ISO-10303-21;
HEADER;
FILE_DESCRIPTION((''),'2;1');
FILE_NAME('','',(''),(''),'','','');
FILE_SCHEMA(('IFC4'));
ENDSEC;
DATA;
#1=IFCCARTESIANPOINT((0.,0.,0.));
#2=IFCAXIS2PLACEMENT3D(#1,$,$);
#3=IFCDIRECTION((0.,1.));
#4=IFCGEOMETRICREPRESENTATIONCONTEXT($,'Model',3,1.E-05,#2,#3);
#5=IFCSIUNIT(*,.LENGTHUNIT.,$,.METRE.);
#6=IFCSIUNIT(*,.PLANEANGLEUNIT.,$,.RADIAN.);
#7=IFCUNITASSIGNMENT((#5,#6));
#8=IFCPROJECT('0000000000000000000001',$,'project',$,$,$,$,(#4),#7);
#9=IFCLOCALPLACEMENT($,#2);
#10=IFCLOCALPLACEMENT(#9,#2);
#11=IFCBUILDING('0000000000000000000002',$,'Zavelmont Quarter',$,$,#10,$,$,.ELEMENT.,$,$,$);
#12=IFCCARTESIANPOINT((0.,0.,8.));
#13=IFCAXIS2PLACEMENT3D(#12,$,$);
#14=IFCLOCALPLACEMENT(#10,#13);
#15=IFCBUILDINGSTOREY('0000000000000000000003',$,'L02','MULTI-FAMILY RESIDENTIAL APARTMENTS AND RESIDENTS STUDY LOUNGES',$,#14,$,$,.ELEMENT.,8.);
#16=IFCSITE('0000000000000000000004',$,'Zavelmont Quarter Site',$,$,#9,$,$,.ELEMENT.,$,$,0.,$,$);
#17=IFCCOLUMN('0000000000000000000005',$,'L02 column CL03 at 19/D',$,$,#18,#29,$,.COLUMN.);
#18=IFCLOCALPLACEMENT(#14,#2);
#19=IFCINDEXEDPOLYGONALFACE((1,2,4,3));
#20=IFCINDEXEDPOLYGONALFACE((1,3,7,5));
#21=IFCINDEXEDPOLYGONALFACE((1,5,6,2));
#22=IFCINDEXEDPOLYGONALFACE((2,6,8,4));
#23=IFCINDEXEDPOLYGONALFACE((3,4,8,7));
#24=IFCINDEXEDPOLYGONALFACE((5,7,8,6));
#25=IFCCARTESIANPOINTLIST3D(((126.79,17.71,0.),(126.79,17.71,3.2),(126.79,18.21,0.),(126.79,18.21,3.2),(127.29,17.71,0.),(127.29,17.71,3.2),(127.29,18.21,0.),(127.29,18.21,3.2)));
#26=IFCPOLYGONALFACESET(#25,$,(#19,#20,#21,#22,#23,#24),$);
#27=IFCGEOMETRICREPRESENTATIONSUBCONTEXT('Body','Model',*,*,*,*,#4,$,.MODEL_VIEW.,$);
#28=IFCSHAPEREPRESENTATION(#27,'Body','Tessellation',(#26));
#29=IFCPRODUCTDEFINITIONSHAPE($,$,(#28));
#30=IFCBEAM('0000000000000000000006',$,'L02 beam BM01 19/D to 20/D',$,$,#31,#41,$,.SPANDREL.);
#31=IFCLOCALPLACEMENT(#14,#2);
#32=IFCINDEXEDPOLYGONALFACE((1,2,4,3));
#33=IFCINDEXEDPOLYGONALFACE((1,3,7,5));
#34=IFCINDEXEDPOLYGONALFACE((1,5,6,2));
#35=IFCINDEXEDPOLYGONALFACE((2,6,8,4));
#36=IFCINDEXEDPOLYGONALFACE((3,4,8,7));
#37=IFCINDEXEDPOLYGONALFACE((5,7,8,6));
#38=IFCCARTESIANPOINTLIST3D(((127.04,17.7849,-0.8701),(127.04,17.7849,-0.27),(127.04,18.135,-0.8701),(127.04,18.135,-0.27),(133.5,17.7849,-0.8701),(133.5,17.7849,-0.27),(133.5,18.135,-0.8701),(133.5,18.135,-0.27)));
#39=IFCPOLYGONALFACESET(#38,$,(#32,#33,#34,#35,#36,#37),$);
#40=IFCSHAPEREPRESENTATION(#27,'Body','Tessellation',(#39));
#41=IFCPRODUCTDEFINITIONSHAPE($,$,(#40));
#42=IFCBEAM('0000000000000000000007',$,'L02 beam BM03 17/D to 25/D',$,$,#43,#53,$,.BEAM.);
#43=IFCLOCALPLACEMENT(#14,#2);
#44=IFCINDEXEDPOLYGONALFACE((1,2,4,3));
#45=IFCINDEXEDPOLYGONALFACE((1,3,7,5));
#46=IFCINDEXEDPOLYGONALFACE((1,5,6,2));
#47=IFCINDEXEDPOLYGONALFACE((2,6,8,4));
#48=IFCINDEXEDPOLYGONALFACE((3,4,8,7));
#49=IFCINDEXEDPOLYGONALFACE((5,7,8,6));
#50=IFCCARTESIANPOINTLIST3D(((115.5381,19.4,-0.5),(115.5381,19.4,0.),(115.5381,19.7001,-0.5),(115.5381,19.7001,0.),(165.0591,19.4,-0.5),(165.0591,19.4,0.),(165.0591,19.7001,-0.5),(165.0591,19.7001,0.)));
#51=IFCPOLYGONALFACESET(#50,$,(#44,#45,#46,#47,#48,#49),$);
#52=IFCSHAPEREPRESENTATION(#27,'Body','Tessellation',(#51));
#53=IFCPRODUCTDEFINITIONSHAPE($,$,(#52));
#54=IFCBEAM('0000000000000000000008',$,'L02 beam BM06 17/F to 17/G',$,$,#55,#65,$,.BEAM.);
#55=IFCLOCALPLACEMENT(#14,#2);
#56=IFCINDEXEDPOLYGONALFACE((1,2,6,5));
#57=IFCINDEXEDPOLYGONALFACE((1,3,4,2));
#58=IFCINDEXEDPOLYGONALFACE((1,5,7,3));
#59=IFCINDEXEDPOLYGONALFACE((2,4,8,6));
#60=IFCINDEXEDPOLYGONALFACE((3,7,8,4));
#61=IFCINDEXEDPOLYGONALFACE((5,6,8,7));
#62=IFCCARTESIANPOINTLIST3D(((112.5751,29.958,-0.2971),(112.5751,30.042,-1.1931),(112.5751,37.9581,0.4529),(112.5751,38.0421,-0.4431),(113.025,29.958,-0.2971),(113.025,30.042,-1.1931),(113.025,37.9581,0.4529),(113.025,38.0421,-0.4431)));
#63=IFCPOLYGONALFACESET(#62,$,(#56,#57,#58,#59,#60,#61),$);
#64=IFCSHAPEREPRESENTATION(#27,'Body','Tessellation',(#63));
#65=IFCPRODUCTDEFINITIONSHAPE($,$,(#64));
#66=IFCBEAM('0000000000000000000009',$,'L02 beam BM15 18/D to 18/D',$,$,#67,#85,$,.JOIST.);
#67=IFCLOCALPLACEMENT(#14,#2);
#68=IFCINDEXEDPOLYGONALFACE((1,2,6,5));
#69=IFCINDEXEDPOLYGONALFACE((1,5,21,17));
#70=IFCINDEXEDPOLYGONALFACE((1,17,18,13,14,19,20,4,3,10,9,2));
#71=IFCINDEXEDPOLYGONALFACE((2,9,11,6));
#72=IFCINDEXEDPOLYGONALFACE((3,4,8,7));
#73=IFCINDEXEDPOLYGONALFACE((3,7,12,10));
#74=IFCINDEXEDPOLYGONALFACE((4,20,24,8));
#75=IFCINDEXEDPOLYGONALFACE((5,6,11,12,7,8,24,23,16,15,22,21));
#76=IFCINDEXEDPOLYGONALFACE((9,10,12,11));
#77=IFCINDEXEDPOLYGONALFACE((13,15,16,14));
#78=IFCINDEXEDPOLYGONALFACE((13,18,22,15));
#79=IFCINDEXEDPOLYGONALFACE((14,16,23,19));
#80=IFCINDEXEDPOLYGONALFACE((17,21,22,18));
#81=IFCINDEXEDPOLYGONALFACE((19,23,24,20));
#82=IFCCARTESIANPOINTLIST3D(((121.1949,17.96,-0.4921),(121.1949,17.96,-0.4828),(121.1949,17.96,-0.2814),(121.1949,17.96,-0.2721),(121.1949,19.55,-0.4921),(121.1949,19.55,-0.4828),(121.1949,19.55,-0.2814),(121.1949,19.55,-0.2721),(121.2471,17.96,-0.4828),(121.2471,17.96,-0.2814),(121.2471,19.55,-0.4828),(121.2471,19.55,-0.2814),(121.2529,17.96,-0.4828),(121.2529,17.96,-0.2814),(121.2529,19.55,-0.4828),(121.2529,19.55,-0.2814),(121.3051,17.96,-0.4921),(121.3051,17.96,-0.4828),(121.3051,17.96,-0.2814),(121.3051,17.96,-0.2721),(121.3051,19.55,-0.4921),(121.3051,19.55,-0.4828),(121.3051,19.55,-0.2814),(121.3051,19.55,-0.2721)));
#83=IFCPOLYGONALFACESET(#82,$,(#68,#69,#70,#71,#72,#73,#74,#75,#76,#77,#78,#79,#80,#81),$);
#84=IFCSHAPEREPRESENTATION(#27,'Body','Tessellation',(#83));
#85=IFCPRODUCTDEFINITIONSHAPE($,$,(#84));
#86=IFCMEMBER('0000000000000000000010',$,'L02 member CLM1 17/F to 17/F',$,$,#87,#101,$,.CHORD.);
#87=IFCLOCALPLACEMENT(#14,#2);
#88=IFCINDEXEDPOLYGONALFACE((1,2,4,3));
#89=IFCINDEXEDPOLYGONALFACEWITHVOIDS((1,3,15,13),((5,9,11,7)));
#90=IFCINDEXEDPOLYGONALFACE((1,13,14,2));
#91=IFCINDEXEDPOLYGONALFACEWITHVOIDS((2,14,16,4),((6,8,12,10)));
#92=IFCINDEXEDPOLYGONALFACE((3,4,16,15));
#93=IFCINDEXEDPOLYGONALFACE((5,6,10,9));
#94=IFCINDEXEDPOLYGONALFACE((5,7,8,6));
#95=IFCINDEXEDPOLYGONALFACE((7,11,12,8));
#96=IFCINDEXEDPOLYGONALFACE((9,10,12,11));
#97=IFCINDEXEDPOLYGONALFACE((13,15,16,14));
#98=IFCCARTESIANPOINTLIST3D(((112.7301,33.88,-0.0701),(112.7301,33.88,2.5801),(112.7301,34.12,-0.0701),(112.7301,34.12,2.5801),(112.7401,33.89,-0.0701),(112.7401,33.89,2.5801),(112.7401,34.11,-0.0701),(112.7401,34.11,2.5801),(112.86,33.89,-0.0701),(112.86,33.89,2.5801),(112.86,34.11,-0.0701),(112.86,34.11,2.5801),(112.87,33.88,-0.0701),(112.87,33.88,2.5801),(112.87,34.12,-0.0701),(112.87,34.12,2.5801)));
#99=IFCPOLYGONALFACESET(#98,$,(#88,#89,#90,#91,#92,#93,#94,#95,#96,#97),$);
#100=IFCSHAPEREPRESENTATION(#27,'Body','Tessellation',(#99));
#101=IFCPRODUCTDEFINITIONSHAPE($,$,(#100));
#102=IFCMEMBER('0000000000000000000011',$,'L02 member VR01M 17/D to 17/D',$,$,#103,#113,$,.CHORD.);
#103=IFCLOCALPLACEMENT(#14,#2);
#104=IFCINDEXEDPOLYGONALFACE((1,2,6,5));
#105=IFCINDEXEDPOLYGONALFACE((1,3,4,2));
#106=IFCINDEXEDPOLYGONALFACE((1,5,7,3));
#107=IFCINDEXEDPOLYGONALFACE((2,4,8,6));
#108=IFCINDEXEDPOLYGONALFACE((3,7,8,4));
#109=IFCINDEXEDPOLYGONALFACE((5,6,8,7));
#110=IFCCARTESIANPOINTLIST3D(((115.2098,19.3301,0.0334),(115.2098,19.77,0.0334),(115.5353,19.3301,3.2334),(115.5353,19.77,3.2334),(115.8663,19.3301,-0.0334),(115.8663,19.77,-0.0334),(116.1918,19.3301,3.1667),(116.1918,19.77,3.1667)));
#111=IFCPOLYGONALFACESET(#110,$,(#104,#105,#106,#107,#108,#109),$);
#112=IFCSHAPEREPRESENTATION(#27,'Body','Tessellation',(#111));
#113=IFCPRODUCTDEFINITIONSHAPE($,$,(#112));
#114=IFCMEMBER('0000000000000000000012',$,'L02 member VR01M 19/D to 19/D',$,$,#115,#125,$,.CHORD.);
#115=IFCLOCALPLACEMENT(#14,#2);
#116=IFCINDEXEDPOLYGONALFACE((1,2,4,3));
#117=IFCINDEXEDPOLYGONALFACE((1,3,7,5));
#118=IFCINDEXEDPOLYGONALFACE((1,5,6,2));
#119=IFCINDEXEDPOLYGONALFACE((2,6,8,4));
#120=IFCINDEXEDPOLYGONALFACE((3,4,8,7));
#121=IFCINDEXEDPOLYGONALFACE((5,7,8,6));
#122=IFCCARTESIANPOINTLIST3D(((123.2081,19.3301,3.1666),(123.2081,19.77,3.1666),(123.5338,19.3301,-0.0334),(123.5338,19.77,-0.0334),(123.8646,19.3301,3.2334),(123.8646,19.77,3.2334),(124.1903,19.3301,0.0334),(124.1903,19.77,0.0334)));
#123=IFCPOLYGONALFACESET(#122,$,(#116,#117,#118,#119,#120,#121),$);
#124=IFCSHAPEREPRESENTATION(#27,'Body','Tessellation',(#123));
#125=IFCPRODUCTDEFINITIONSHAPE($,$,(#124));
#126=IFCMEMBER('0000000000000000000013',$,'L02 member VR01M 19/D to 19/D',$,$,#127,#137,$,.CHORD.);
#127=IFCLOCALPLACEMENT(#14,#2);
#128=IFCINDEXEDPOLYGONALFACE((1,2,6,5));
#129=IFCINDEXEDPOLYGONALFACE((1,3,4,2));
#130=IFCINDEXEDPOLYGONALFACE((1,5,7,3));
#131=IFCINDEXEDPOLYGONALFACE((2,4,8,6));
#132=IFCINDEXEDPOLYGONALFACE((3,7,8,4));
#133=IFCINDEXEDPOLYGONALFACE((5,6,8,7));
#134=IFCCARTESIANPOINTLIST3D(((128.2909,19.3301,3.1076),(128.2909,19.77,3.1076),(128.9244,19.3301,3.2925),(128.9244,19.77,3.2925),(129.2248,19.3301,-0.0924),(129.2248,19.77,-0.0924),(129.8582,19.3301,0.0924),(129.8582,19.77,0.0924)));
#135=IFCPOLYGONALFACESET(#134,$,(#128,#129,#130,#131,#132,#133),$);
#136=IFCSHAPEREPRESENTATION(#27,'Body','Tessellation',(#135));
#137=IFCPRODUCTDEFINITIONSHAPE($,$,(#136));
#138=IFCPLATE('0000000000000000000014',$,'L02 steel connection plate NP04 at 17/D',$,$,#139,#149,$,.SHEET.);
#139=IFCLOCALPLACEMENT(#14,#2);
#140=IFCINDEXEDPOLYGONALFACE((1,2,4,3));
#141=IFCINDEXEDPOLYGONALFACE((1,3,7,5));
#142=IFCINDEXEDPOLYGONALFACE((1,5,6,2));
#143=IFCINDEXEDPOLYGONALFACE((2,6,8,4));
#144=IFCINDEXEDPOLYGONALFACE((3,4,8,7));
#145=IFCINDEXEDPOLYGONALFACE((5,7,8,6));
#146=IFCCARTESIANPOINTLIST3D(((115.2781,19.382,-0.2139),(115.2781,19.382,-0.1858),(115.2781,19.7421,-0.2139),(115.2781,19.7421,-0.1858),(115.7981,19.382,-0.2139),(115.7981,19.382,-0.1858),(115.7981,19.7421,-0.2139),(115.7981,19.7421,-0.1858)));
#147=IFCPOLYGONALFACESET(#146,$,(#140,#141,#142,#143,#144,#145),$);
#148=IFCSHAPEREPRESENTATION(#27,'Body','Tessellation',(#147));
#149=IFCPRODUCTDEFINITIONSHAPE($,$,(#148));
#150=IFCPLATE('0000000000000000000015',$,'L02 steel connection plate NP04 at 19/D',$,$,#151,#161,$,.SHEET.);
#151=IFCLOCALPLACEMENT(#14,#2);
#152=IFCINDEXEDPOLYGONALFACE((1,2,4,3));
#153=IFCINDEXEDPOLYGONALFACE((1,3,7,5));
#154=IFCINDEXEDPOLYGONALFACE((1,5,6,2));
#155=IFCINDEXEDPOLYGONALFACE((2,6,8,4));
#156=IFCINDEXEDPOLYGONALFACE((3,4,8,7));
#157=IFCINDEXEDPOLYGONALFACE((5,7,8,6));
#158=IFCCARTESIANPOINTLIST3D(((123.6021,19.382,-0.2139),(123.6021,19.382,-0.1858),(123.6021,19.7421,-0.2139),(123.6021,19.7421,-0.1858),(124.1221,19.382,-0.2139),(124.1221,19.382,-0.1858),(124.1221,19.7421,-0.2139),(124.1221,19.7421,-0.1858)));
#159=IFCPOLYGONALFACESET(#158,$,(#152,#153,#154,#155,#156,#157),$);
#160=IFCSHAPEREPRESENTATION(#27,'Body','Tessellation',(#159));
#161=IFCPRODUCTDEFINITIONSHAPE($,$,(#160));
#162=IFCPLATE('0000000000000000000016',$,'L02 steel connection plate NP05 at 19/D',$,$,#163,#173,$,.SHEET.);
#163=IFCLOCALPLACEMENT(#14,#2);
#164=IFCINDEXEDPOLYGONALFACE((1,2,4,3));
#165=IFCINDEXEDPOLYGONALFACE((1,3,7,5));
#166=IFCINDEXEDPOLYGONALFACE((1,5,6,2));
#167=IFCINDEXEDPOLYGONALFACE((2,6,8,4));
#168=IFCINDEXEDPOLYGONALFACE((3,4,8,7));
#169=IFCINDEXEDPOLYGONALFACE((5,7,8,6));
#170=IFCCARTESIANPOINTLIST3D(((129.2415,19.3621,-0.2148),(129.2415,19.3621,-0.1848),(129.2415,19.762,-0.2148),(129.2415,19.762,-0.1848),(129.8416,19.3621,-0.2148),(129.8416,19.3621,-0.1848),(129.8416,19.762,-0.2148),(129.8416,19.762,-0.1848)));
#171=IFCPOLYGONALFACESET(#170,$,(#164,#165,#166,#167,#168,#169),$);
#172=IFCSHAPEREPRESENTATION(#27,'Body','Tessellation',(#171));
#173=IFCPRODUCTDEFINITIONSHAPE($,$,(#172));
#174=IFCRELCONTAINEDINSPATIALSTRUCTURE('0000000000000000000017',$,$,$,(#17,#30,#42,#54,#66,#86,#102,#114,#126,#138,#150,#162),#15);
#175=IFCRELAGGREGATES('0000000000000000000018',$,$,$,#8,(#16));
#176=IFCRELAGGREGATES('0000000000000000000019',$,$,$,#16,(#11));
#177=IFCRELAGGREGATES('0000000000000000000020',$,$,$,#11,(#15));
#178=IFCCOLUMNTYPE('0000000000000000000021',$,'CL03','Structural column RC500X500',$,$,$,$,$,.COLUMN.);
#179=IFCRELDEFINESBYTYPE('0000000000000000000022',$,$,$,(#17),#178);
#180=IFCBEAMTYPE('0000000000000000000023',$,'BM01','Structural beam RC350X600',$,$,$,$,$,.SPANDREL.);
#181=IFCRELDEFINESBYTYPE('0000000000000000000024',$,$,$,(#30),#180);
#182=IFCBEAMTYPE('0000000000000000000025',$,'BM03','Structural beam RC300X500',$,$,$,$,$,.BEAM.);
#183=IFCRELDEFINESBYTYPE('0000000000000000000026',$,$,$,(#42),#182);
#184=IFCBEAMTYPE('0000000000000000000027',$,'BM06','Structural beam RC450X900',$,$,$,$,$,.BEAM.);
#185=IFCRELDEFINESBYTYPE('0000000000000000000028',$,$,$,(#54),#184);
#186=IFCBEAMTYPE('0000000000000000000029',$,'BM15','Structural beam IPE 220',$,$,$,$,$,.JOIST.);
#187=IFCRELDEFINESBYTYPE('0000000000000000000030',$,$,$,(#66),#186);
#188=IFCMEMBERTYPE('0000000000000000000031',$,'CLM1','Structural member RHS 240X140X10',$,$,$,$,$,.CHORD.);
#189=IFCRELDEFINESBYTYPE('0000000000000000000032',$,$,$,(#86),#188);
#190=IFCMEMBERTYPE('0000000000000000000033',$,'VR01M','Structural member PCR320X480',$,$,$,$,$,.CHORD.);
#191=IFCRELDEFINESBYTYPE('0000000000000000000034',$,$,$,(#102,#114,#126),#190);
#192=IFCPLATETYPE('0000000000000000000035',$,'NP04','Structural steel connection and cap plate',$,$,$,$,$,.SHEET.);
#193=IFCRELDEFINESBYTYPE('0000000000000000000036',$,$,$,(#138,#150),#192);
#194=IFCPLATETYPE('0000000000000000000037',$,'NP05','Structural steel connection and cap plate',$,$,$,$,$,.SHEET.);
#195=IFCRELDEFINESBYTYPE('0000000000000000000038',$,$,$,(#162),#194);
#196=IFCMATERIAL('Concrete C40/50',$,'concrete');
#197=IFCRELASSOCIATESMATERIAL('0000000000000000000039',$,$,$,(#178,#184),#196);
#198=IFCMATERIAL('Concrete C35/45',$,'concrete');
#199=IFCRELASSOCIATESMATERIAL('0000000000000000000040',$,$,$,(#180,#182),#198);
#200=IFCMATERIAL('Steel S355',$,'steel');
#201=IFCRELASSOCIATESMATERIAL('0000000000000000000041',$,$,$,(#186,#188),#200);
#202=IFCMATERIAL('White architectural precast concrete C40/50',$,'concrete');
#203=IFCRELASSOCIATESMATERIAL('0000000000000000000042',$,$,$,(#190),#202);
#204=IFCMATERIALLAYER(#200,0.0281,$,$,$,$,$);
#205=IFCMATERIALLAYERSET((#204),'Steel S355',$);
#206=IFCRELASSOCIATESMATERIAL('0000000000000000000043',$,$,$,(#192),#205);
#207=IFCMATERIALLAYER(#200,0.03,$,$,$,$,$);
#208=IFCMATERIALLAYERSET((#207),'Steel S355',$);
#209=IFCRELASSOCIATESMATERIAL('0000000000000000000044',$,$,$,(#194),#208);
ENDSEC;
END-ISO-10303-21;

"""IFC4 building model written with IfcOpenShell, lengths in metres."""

from ifc_helpers import new_model, si_unit, direction, frame, origin, origin_2d, place, context, subcontext, project, spatial, rectangle, hollow_rectangle, i_section, extrude, material, layer, layer_set, material_profile, profile_set, type_object, element, save


model = new_model("IFC4")

# Units and contexts
model_context = context("Model", 3, precision=1e-05, world=origin(), true_north=direction((0.0, 1.0)))
body_context = subcontext(model_context, "Body", "Model", "MODEL_VIEW")
ifc_project = project(units=[si_unit("LENGTHUNIT", "METRE"), si_unit("PLANEANGLEUNIT", "RADIAN")], contexts=[model_context])

# Site, building, storey
site_placement = place(None, origin())
site = spatial("IfcSite", under=ifc_project, at=site_placement, Name="Zavelmont Quarter Site", CompositionType="ELEMENT", RefElevation=0.0)
building_placement = place(site_placement, origin())
building = spatial("IfcBuilding", under=site, at=building_placement, Name="Zavelmont Quarter", CompositionType="ELEMENT")
storey_placement = place(building_placement, frame((0.0, 0.0, 8.0)))
storey = spatial("IfcBuildingStorey", under=building, at=storey_placement, Name="L02", Description="MULTI-FAMILY RESIDENTIAL APARTMENTS AND RESIDENTS STUDY LOUNGES", CompositionType="ELEMENT", Elevation=8.0)

# Column
ifc_material_1 = material(Name="Concrete C40/50", Category="concrete")
ifc_material_profile_1 = material_profile(ifc_material_1, rectangle(XDim=0.5, YDim=0.5, at=origin_2d()), Name="RC500X500")
ifc_profile_set_1 = profile_set([ifc_material_profile_1], Name="Concrete C40/50")
column_type = type_object("IfcColumnType", Name="CL03", Description="Structural column RC500X500", PredefinedType="COLUMN", material=ifc_profile_set_1)
column_placement = place(storey_placement, frame((127.04, 17.96, 0.0), z_axis=(0.0, 0.0, 1.0), x_axis=(1.0, 0.0, 0.0)))
element("IfcColumn", 1, at=column_placement, inside=storey, type_object=column_type, Name="L02 column CL03 at 19/D", PredefinedType="COLUMN", context=body_context, shape_type="SweptSolid", body=[
    extrude(rectangle(XDim=0.5, YDim=0.5, at=origin_2d()), origin(), (0.0, 0.0, 1.0), 3.2),
])

# Beams
ifc_material_2 = material(Name="Concrete C35/45", Category="concrete")
ifc_material_profile_2 = material_profile(ifc_material_2, rectangle(XDim=0.3501, YDim=0.6001, at=origin_2d()), Name="RC350X600")
ifc_profile_set_2 = profile_set([ifc_material_profile_2], Name="Concrete C35/45")
beam_type_1 = type_object("IfcBeamType", Name="BM01", Description="Structural beam RC350X600", PredefinedType="SPANDREL", material=ifc_profile_set_2)
beam_1_placement = place(storey_placement, frame((127.04, 17.96, -0.5701), z_axis=(1.0, 0.0, 0.0), x_axis=(0.0, 1.0, 0.0)))
element("IfcBeam", 2, at=beam_1_placement, inside=storey, type_object=beam_type_1, Name="L02 beam BM01 19/D to 20/D", PredefinedType="SPANDREL", context=body_context, shape_type="SweptSolid", body=[
    extrude(rectangle(XDim=0.3501, YDim=0.6001, at=origin_2d()), origin(), (0.0, 0.0, 1.0), 6.46),
])
ifc_material_profile_3 = material_profile(ifc_material_2, rectangle(XDim=0.3, YDim=0.5, at=origin_2d()), Name="RC300X500")
ifc_profile_set_3 = profile_set([ifc_material_profile_3], Name="Concrete C35/45")
beam_type_2 = type_object("IfcBeamType", Name="BM03", Description="Structural beam RC300X500", PredefinedType="BEAM", material=ifc_profile_set_3)
beam_2_placement = place(storey_placement, frame((115.5381, 19.55, -0.25), z_axis=(1.0, 0.0, 0.0), x_axis=(0.0, 1.0, 0.0)))
element("IfcBeam", 3, at=beam_2_placement, inside=storey, type_object=beam_type_2, Name="L02 beam BM03 17/D to 25/D", PredefinedType="BEAM", context=body_context, shape_type="SweptSolid", body=[
    extrude(rectangle(XDim=0.3, YDim=0.5, at=origin_2d()), origin(), (0.0, 0.0, 1.0), 49.521),
])
ifc_material_profile_4 = material_profile(ifc_material_1, rectangle(XDim=0.45, YDim=0.8999, at=origin_2d()), Name="RC450X900")
ifc_profile_set_4 = profile_set([ifc_material_profile_4], Name="Concrete C40/50")
beam_type_3 = type_object("IfcBeamType", Name="BM06", Description="Structural beam RC450X900", PredefinedType="BEAM", material=ifc_profile_set_4)
beam_3_placement = place(storey_placement, frame((112.8, 30.0, -0.7451), z_axis=(0.0, 0.995634, 0.093341), x_axis=(-1.0, 0.0, 0.0)))
element("IfcBeam", 4, at=beam_3_placement, inside=storey, type_object=beam_type_3, Name="L02 beam BM06 17/F to 17/G", PredefinedType="BEAM", context=body_context, shape_type="SweptSolid", body=[
    extrude(rectangle(XDim=0.45, YDim=0.8999, at=origin_2d()), origin(), (0.0, 0.0, 1.0), 8.0352),
])
ifc_material_3 = material(Name="Steel S355", Category="steel")
ifc_material_profile_5 = material_profile(ifc_material_3, i_section(OverallWidth=0.1101, OverallDepth=0.22, WebThickness=0.0059, FlangeThickness=0.0093, at=origin_2d()), Name="IPE 220")
ifc_profile_set_5 = profile_set([ifc_material_profile_5], Name="Steel S355")
beam_type_4 = type_object("IfcBeamType", Name="BM15", Description="Structural beam IPE 220", PredefinedType="JOIST", material=ifc_profile_set_5)
beam_4_placement = place(storey_placement, frame((121.25, 17.96, -0.3821), z_axis=(0.0, 1.0, 0.0), x_axis=(-1.0, 0.0, 0.0)))
element("IfcBeam", 5, at=beam_4_placement, inside=storey, type_object=beam_type_4, Name="L02 beam BM15 18/D to 18/D", PredefinedType="JOIST", context=body_context, shape_type="SweptSolid", body=[
    extrude(i_section(OverallWidth=0.1101, OverallDepth=0.22, WebThickness=0.0059, FlangeThickness=0.0093, at=origin_2d()), origin(), (0.0, 0.0, 1.0), 1.5901),
])

# Members
ifc_material_profile_6 = material_profile(ifc_material_3, hollow_rectangle(XDim=0.1399, YDim=0.24, WallThickness=0.01, at=origin_2d()), Name="RHS 240X140X10")
ifc_profile_set_6 = profile_set([ifc_material_profile_6], Name="Steel S355")
member_type_1 = type_object("IfcMemberType", Name="CLM1", Description="Structural member RHS 240X140X10", PredefinedType="CHORD", material=ifc_profile_set_6)
member_1_placement = place(storey_placement, frame((112.8, 34.0, -0.0701), z_axis=(0.0, 0.0, 1.0), x_axis=(1.0, 0.0, 0.0)))
element("IfcMember", 6, at=member_1_placement, inside=storey, type_object=member_type_1, Name="L02 member CLM1 17/F to 17/F", PredefinedType="CHORD", context=body_context, shape_type="SweptSolid", body=[
    extrude(hollow_rectangle(XDim=0.1399, YDim=0.24, WallThickness=0.01, at=origin_2d()), origin(), (0.0, 0.0, 1.0), 2.6501),
])
ifc_material_4 = material(Name="White architectural precast concrete C40/50", Category="concrete")
ifc_material_profile_7 = material_profile(ifc_material_4, rectangle(XDim=0.4399, YDim=0.6599, at=origin_2d()), Name="PCR320X480")
ifc_profile_set_7 = profile_set([ifc_material_profile_7], Name="White architectural precast concrete C40/50")
member_type_2 = type_object("IfcMemberType", Name="VR01M", Description="Structural member PCR320X480", PredefinedType="CHORD", material=ifc_profile_set_7)
for number, where, z_axis, x_axis, name in (
    (7, (115.5381, 19.55, 0.0), (0.101179, 0.0, 0.994868), (0.0, 1.0, 0.0), "L02 member VR01M 17/D to 17/D"),
    (8, (123.8621, 19.55, 0.0), (-0.101255, 0.0, 0.994861), (0.0, -1.0, 0.0), "L02 member VR01M 19/D to 19/D"),
):
    element("IfcMember", number, at=place(storey_placement, frame(where, z_axis=z_axis, x_axis=x_axis)), inside=storey, type_object=member_type_2, Name=name, PredefinedType="CHORD", context=body_context, shape_type="SweptSolid", body=[
        extrude(rectangle(XDim=0.4399, YDim=0.6599, at=origin_2d()), origin(), (0.0, 0.0, 1.0), 3.2166),
    ])
member_2_placement = place(storey_placement, frame((129.5415, 19.55, 0.0), z_axis=(-0.280143, 0.0, 0.959958), x_axis=(0.0, -1.0, 0.0)))
element("IfcMember", 9, at=member_2_placement, inside=storey, type_object=member_type_2, Name="L02 member VR01M 19/D to 19/D", PredefinedType="CHORD", context=body_context, shape_type="SweptSolid", body=[
    extrude(rectangle(XDim=0.4399, YDim=0.6599, at=origin_2d()), origin(), (0.0, 0.0, 1.0), 3.3335),
])

# Plates
ifc_layer_1 = layer(ifc_material_3, 0.0281)
ifc_layer_set_1 = layer_set([ifc_layer_1], Name="Steel S355")
plate_type_1 = type_object("IfcPlateType", Name="NP04", Description="Structural steel connection and cap plate", PredefinedType="SHEET", material=ifc_layer_set_1)
for number, where, z_axis, x_axis, name in (
    (10, (115.5381, 19.562, -0.2139), (0.0, 0.0, 1.0), (1.0, 0.0, 0.0), "L02 steel connection plate NP04 at 17/D"),
    (11, (123.8621, 19.562, -0.2139), (0.0, 0.0, 1.0), (1.0, 0.0, 0.0), "L02 steel connection plate NP04 at 19/D"),
):
    element("IfcPlate", number, at=place(storey_placement, frame(where, z_axis=z_axis, x_axis=x_axis)), inside=storey, type_object=plate_type_1, Name=name, PredefinedType="SHEET", context=body_context, shape_type="SweptSolid", body=[
        extrude(rectangle(XDim=0.52, YDim=0.3601, at=origin_2d()), origin(), (0.0, 0.0, 1.0), 0.0281),
    ])
ifc_layer_2 = layer(ifc_material_3, 0.03)
ifc_layer_set_2 = layer_set([ifc_layer_2], Name="Steel S355")
plate_type_2 = type_object("IfcPlateType", Name="NP05", Description="Structural steel connection and cap plate", PredefinedType="SHEET", material=ifc_layer_set_2)
plate_placement = place(storey_placement, frame((129.5415, 19.562, -0.2148), z_axis=(0.0, 0.0, 1.0), x_axis=(1.0, 0.0, 0.0)))
element("IfcPlate", 12, at=plate_placement, inside=storey, type_object=plate_type_2, Name="L02 steel connection plate NP05 at 19/D", PredefinedType="SHEET", context=body_context, shape_type="SweptSolid", body=[
    extrude(rectangle(XDim=0.6001, YDim=0.3999, at=origin_2d()), origin(), (0.0, 0.0, 1.0), 0.03),
])

save(model, "model.ifc")
